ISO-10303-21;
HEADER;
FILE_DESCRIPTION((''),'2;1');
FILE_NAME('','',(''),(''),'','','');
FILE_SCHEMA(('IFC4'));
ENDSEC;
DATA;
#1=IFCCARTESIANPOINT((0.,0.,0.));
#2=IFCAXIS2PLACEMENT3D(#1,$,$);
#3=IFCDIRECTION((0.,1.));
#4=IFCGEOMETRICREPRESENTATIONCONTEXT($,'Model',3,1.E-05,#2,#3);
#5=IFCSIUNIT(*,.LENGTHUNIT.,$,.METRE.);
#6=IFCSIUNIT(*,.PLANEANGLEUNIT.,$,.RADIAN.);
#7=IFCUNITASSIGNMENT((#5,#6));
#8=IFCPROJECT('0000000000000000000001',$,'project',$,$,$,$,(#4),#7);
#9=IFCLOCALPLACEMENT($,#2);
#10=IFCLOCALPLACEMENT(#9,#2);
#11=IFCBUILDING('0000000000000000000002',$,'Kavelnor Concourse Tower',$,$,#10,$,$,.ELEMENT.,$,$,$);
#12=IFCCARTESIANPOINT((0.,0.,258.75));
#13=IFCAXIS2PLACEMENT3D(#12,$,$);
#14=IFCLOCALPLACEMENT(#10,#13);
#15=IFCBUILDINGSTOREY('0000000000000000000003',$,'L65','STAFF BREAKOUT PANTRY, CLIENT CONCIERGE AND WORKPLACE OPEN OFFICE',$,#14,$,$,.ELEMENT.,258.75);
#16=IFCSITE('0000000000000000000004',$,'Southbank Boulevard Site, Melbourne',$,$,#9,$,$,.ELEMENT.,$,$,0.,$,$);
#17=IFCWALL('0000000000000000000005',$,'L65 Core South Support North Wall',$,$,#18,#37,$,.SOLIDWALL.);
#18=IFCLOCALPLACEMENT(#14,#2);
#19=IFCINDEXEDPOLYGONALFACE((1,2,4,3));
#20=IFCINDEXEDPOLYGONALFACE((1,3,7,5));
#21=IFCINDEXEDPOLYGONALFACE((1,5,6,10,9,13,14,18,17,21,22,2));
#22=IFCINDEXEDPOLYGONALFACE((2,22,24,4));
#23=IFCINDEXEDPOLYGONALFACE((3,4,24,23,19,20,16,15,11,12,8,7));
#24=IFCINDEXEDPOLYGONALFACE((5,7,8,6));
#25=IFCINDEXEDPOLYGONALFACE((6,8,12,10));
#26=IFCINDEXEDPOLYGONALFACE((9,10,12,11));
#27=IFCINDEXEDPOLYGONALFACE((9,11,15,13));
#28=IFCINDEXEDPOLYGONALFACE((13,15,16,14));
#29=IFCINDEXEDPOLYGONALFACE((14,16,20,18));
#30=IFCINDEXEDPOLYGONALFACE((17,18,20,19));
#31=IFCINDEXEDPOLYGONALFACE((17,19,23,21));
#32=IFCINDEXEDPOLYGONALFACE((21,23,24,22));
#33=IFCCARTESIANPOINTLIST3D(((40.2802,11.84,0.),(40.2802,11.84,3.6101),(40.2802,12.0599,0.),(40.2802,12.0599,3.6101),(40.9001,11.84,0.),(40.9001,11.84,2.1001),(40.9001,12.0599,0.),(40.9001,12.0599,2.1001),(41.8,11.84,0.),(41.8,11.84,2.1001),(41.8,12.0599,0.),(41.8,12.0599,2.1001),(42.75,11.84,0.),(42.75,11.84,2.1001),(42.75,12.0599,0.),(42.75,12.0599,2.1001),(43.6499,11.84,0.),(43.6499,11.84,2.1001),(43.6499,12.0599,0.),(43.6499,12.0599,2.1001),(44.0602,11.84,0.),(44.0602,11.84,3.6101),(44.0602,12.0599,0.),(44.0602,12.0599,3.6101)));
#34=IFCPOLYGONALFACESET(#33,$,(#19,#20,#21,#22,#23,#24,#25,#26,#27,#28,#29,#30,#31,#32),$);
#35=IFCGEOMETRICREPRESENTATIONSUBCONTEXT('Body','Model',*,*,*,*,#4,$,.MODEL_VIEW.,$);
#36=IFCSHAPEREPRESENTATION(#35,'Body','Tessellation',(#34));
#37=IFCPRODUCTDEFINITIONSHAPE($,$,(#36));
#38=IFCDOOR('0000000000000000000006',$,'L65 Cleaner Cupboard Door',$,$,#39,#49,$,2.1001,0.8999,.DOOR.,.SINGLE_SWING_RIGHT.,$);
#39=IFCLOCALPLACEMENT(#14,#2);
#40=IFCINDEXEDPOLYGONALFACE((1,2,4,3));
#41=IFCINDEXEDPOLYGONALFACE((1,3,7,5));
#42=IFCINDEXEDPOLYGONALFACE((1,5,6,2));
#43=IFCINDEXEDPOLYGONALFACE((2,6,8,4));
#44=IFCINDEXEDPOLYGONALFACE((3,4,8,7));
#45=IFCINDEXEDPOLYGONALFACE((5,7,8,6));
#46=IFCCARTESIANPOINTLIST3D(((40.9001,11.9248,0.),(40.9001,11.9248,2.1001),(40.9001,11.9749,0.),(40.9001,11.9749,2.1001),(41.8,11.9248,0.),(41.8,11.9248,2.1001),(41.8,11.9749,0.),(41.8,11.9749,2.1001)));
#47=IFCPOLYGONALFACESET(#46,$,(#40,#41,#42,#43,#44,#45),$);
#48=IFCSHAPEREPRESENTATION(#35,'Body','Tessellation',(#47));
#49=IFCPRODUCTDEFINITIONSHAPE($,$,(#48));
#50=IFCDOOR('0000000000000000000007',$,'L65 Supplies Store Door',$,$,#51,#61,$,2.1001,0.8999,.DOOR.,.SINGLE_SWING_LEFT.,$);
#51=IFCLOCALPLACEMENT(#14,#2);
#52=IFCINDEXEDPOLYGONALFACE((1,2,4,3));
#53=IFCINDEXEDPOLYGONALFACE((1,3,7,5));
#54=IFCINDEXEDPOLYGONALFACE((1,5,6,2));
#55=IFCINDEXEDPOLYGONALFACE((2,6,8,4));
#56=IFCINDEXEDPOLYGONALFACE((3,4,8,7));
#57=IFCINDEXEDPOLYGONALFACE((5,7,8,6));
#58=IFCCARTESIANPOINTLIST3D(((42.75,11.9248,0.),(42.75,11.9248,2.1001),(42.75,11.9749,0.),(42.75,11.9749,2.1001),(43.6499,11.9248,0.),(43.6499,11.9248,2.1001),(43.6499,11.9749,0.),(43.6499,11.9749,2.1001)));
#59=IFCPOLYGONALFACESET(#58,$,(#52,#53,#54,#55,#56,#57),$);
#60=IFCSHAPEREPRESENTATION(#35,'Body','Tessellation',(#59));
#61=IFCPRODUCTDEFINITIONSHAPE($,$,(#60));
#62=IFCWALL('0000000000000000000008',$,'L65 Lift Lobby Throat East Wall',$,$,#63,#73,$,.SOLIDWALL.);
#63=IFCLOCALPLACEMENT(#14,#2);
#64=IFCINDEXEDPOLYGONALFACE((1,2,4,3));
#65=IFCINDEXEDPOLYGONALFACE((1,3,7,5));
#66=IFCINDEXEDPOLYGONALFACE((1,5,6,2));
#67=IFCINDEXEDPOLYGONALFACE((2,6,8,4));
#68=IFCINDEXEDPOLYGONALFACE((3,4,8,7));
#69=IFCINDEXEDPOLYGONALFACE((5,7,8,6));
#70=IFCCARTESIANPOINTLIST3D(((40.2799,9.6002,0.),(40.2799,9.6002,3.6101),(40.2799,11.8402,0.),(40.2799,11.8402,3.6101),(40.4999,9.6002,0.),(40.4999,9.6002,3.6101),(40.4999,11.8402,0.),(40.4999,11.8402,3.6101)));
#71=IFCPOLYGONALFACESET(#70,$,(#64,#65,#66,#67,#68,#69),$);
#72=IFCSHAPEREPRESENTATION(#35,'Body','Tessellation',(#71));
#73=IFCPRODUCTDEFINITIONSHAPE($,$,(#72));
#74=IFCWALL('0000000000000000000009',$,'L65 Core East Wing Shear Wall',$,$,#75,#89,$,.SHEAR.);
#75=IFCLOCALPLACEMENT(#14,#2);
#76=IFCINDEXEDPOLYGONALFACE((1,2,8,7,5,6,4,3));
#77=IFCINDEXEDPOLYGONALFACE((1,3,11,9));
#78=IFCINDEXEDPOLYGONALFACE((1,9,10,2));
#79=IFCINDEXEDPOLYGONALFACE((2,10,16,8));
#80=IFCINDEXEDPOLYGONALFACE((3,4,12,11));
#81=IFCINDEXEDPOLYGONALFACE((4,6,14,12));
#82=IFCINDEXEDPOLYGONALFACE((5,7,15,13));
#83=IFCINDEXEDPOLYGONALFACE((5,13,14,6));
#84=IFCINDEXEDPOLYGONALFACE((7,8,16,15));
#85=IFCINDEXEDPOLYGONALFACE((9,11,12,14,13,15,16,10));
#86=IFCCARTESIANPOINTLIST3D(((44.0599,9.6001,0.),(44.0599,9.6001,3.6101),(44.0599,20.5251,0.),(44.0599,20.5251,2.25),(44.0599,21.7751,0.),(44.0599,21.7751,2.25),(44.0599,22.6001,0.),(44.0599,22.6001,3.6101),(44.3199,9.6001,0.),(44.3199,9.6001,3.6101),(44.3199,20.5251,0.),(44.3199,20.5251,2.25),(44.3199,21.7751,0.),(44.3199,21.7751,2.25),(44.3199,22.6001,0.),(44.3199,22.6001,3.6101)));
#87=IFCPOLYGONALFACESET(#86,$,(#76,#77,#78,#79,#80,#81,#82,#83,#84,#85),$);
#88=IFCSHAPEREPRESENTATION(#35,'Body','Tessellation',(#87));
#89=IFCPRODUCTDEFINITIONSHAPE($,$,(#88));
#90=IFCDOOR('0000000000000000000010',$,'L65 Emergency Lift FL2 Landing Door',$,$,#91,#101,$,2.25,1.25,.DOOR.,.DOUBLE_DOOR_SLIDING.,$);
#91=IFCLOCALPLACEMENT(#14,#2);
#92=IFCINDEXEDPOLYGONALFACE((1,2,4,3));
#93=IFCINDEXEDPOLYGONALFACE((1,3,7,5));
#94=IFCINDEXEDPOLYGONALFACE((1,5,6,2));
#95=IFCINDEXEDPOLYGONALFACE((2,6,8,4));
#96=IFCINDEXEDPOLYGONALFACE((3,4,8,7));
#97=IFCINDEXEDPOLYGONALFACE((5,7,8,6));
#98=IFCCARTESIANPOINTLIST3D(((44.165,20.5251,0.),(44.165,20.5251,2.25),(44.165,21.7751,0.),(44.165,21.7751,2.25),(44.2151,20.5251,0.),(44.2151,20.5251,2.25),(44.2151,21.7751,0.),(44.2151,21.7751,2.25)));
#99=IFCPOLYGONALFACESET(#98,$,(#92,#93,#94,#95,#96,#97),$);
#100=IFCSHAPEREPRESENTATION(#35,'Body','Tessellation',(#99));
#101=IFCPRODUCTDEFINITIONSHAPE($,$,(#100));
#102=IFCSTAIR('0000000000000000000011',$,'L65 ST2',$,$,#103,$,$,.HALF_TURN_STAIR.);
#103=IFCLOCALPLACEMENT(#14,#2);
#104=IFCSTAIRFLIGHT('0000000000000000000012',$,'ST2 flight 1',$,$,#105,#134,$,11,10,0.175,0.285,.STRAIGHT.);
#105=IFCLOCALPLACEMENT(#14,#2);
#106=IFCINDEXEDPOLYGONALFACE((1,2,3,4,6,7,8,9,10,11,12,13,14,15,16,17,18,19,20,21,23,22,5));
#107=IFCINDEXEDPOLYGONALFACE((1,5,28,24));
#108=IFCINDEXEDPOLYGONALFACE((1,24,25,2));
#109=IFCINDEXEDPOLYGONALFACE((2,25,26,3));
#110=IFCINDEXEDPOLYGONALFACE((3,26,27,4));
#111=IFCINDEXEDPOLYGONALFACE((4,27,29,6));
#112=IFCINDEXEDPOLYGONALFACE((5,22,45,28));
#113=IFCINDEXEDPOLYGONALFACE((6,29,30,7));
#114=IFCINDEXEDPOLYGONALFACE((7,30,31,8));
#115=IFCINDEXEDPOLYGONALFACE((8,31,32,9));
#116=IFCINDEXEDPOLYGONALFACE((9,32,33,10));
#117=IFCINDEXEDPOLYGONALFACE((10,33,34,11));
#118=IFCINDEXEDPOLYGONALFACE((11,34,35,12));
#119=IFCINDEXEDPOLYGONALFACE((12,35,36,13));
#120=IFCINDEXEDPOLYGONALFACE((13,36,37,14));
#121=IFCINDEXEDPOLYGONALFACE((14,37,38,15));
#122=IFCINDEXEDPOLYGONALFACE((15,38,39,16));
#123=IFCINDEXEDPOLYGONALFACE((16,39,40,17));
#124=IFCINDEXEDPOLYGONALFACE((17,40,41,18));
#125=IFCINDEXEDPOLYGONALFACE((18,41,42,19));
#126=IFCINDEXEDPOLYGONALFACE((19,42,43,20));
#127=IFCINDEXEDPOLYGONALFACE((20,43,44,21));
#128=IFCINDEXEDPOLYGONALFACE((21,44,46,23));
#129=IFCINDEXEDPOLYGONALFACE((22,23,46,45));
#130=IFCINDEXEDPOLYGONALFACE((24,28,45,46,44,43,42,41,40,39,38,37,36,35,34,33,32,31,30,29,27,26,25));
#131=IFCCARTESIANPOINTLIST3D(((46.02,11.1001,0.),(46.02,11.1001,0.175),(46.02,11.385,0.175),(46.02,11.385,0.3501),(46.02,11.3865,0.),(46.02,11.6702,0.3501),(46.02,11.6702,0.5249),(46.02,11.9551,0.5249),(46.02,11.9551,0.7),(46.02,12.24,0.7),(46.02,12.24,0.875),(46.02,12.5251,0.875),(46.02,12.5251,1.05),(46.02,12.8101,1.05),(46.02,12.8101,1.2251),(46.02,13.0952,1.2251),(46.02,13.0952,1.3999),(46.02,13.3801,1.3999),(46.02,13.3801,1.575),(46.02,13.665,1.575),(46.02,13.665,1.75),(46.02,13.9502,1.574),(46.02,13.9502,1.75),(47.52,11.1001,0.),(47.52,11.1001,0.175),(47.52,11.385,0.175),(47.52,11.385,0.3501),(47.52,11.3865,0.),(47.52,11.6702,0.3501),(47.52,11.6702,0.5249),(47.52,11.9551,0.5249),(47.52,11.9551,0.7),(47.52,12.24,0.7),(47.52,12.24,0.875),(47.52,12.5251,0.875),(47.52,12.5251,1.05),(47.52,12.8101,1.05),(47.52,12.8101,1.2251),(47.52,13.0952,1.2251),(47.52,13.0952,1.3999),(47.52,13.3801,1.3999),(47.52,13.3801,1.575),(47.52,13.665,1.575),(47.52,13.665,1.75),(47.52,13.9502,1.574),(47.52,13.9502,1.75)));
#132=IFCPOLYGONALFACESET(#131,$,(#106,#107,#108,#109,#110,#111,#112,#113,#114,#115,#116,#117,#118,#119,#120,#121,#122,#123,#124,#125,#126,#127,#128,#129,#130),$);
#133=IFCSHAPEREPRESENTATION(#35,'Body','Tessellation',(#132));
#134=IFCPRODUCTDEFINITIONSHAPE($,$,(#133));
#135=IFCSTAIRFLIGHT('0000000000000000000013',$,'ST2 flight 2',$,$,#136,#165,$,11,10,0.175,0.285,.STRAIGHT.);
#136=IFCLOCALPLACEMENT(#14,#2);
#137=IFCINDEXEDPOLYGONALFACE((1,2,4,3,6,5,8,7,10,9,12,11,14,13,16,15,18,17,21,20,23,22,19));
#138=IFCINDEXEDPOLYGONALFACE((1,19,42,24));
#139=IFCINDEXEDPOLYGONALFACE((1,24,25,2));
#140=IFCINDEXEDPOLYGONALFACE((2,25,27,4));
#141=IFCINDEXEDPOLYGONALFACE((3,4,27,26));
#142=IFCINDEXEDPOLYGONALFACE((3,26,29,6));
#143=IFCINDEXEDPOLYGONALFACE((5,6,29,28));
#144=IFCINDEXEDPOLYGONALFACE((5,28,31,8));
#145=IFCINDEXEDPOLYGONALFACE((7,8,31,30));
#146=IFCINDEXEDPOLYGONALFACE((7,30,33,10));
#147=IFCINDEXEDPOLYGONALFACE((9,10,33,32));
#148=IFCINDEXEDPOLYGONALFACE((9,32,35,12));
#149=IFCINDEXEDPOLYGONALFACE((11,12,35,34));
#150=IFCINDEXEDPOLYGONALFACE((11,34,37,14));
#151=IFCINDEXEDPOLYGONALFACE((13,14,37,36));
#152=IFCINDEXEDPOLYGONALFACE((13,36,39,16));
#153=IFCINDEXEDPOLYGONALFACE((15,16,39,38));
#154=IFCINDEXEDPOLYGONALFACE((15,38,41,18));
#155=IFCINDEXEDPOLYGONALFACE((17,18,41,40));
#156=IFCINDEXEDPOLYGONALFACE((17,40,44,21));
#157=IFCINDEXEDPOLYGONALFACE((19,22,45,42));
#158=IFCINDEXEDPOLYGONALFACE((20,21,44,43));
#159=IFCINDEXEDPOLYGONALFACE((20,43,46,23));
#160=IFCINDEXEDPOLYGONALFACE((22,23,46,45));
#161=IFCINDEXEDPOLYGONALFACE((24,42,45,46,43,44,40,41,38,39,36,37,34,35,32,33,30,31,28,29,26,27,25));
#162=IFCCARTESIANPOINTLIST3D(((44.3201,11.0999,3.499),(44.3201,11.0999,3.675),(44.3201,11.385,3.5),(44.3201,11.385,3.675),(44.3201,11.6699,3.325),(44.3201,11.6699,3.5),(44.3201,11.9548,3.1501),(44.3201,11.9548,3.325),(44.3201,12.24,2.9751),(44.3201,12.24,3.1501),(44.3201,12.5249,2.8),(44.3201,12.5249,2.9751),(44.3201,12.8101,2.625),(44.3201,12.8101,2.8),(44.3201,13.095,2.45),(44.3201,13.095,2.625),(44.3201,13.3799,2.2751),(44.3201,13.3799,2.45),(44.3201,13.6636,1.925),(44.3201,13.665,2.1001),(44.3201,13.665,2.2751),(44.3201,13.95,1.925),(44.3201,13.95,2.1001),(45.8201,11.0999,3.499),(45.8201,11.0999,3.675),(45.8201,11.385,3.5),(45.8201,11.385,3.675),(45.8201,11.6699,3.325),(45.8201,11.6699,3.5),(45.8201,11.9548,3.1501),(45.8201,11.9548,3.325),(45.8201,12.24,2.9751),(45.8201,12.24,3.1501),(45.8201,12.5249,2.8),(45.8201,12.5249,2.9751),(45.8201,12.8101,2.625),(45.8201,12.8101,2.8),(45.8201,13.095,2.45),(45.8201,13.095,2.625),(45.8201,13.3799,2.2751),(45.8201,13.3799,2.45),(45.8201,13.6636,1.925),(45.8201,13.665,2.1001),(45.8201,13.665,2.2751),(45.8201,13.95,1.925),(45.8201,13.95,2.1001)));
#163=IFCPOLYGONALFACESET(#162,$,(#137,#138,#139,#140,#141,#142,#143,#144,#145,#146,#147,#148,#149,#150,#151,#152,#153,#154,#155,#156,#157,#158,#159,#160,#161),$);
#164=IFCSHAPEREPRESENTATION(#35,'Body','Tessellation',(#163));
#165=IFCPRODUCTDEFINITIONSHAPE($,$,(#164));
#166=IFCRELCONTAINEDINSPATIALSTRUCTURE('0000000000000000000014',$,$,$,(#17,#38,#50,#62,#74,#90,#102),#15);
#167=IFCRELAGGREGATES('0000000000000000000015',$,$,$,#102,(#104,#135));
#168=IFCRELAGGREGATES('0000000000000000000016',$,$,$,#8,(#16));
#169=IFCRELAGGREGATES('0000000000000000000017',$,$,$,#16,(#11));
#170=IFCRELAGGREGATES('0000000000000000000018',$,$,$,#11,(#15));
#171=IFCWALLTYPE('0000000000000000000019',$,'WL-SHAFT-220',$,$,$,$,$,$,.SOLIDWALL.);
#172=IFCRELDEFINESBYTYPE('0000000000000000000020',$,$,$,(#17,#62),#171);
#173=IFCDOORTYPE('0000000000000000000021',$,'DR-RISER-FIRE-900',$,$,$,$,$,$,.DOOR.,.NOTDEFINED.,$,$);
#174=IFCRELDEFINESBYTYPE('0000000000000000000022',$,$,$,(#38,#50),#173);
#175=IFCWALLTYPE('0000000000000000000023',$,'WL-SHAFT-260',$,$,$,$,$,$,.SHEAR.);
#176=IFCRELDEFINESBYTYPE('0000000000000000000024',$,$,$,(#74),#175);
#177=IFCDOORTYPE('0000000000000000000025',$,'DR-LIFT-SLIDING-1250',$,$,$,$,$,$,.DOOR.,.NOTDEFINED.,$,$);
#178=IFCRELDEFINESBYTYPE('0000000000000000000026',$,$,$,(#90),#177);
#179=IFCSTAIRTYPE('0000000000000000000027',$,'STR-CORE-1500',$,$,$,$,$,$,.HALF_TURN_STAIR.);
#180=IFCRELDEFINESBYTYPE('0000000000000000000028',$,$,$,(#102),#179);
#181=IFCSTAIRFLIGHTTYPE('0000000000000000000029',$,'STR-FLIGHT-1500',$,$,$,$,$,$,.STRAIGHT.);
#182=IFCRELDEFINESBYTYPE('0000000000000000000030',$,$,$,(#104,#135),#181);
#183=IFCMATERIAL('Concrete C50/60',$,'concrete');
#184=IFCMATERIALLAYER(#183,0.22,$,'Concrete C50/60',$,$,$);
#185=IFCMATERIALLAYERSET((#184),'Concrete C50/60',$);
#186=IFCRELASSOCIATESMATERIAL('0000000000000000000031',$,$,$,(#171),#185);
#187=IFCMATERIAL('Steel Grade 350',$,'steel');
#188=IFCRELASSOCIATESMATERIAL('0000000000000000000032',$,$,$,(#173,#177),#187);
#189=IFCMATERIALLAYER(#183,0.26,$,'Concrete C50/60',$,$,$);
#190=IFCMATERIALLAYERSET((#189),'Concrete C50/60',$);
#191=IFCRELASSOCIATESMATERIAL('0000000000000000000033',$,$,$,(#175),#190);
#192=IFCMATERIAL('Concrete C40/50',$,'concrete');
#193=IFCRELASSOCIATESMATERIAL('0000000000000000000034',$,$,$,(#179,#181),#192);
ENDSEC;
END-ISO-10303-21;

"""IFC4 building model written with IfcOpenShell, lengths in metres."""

from ifc_helpers import new_model, si_unit, direction, frame, frame_2d, origin, place, context, subcontext, project, spatial, polyline, rectangle, outline, extrude, material, layer, layer_set, type_object, element, fill, aggregate, save


model = new_model("IFC4")

# Units and contexts
model_context = context("Model", 3, precision=1e-05, world=origin(), true_north=direction((0.0, 1.0)))
body_context = subcontext(model_context, "Body", "Model", "MODEL_VIEW")
ifc_project = project(units=[si_unit("LENGTHUNIT", "METRE"), si_unit("PLANEANGLEUNIT", "RADIAN")], contexts=[model_context])

# Site, building, storey
site_placement = place(None, origin())
site = spatial("IfcSite", under=ifc_project, at=site_placement, Name="Southbank Boulevard Site, Melbourne", CompositionType="ELEMENT", RefElevation=0.0)
building_placement = place(site_placement, origin())
building = spatial("IfcBuilding", under=site, at=building_placement, Name="Kavelnor Concourse Tower", CompositionType="ELEMENT")
storey_placement = place(building_placement, frame((0.0, 0.0, 258.75)))
storey = spatial("IfcBuildingStorey", under=building, at=storey_placement, Name="L65", Description="STAFF BREAKOUT PANTRY, CLIENT CONCIERGE AND WORKPLACE OPEN OFFICE", CompositionType="ELEMENT", Elevation=258.75)

# Shared definitions
ifc_material_1 = material(Name="Steel Grade 350", Category="steel")

# Wall, openings, doors
ifc_material_2 = material(Name="Concrete C50/60", Category="concrete")
ifc_layer_1 = layer(ifc_material_2, 0.22, Name="Concrete C50/60")
ifc_layer_set_1 = layer_set([ifc_layer_1], Name="Concrete C50/60")
wall_type_1 = type_object("IfcWallType", Name="WL-SHAFT-220", PredefinedType="SOLIDWALL", material=ifc_layer_set_1)
wall_1_placement = place(storey_placement, frame((40.28, 11.95, 0.0), z_axis=(0.0, 0.0, 1.0), x_axis=(1.0, 0.0, 0.0)))
wall_1 = element("IfcWall", 1, at=wall_1_placement, inside=storey, type_object=wall_type_1, Name="L65 Core South Support North Wall", PredefinedType="SOLIDWALL", context=body_context, shape_type="SweptSolid", body=[
    extrude(rectangle(XDim=3.78, YDim=0.22, at=frame_2d((1.8901, 0.0))), origin(), (0.0, 0.0, 1.0), 3.6101),
])
opening_1_placement = place(wall_1_placement, frame((0.6201, 0.0, 0.0)))
opening_1 = element("IfcOpeningElement", 2, at=opening_1_placement, cuts=wall_1, PredefinedType="OPENING", context=body_context, shape_type="SweptSolid", body=[
    extrude(rectangle(XDim=0.8999, YDim=2.1001, at=frame_2d((0.45, 1.05))), frame((0.0, 0.1201, 0.0), z_axis=(0.0, -1.0, 0.0), x_axis=(1.0, 0.0, 0.0)), (0.0, 0.0, 1.0), 0.24),
])
opening_2_placement = place(wall_1_placement, frame((2.47, 0.0, 0.0)))
opening_2 = element("IfcOpeningElement", 3, at=opening_2_placement, cuts=wall_1, PredefinedType="OPENING", context=body_context, shape_type="SweptSolid", body=[
    extrude(rectangle(XDim=0.8999, YDim=2.1001, at=frame_2d((0.45, 1.05))), frame((0.0, 0.1201, 0.0), z_axis=(0.0, -1.0, 0.0), x_axis=(1.0, 0.0, 0.0)), (0.0, 0.0, 1.0), 0.24),
])
door_type_1 = type_object("IfcDoorType", Name="DR-RISER-FIRE-900", OperationType="NOTDEFINED", PredefinedType="DOOR", material=ifc_material_1)
door_1_placement = place(opening_1_placement, origin())
door_1 = element("IfcDoor", 4, at=door_1_placement, inside=storey, type_object=door_type_1, Name="L65 Cleaner Cupboard Door", OperationType="SINGLE_SWING_RIGHT", OverallHeight=2.1001, OverallWidth=0.8999, PredefinedType="DOOR", context=body_context, shape_type="SweptSolid", body=[
    extrude(rectangle(XDim=0.8999, YDim=2.1001, at=frame_2d((0.45, 1.05))), frame((0.0, 0.0249, 0.0), z_axis=(0.0, -1.0, 0.0), x_axis=(1.0, 0.0, 0.0)), (0.0, 0.0, 1.0), 0.05),
])
fill(opening_1, door_1)
door_2_placement = place(opening_2_placement, origin())
door_2 = element("IfcDoor", 5, at=door_2_placement, inside=storey, type_object=door_type_1, Name="L65 Supplies Store Door", OperationType="SINGLE_SWING_LEFT", OverallHeight=2.1001, OverallWidth=0.8999, PredefinedType="DOOR", context=body_context, shape_type="SweptSolid", body=[
    extrude(rectangle(XDim=0.8999, YDim=2.1001, at=frame_2d((0.45, 1.05))), frame((0.0, 0.0249, 0.0), z_axis=(0.0, -1.0, 0.0), x_axis=(1.0, 0.0, 0.0)), (0.0, 0.0, 1.0), 0.05),
])
fill(opening_2, door_2)

# Wall
wall_2_placement = place(storey_placement, frame((40.3899, 9.6001, 0.0), z_axis=(0.0, 0.0, 1.0), x_axis=(0.0, 1.0, 0.0)))
element("IfcWall", 6, at=wall_2_placement, inside=storey, type_object=wall_type_1, Name="L65 Lift Lobby Throat East Wall", PredefinedType="SOLIDWALL", context=body_context, shape_type="SweptSolid", body=[
    extrude(rectangle(XDim=2.24, YDim=0.22, at=frame_2d((1.1201, 0.0))), origin(), (0.0, 0.0, 1.0), 3.6101),
])

# Wall, opening, door
ifc_layer_2 = layer(ifc_material_2, 0.26, Name="Concrete C50/60")
ifc_layer_set_2 = layer_set([ifc_layer_2], Name="Concrete C50/60")
wall_type_2 = type_object("IfcWallType", Name="WL-SHAFT-260", PredefinedType="SHEAR", material=ifc_layer_set_2)
wall_3_placement = place(storey_placement, frame((44.1899, 9.6001, 0.0), z_axis=(0.0, 0.0, 1.0), x_axis=(0.0, 1.0, 0.0)))
wall_3 = element("IfcWall", 7, at=wall_3_placement, inside=storey, type_object=wall_type_2, Name="L65 Core East Wing Shear Wall", PredefinedType="SHEAR", context=body_context, shape_type="SweptSolid", body=[
    extrude(rectangle(XDim=13.0, YDim=0.26, at=frame_2d((6.5, 0.0))), origin(), (0.0, 0.0, 1.0), 3.6101),
])
opening_3_placement = place(wall_3_placement, frame((10.925, 0.0, 0.0)))
opening_3 = element("IfcOpeningElement", 8, at=opening_3_placement, cuts=wall_3, PredefinedType="OPENING", context=body_context, shape_type="SweptSolid", body=[
    extrude(rectangle(XDim=1.25, YDim=2.25, at=frame_2d((0.625, 1.125))), frame((0.0, 0.1401, 0.0), z_axis=(0.0, -1.0, 0.0), x_axis=(1.0, 0.0, 0.0)), (0.0, 0.0, 1.0), 0.28),
])
door_type_2 = type_object("IfcDoorType", Name="DR-LIFT-SLIDING-1250", OperationType="NOTDEFINED", PredefinedType="DOOR", material=ifc_material_1)
door_3_placement = place(opening_3_placement, origin())
door_3 = element("IfcDoor", 9, at=door_3_placement, inside=storey, type_object=door_type_2, Name="L65 Emergency Lift FL2 Landing Door", OperationType="DOUBLE_DOOR_SLIDING", OverallHeight=2.25, OverallWidth=1.25, PredefinedType="DOOR", context=body_context, shape_type="SweptSolid", body=[
    extrude(rectangle(XDim=1.25, YDim=2.25, at=frame_2d((0.625, 1.125))), frame((0.0, 0.0249, 0.0), z_axis=(0.0, -1.0, 0.0), x_axis=(1.0, 0.0, 0.0)), (0.0, 0.0, 1.0), 0.05),
])
fill(opening_3, door_3)

# Stair, stair flights
ifc_material_3 = material(Name="Concrete C40/50", Category="concrete")
stair_type = type_object("IfcStairType", Name="STR-CORE-1500", PredefinedType="HALF_TURN_STAIR", material=ifc_material_3)
stair_placement = place(storey_placement, origin())
stair = element("IfcStair", 10, at=stair_placement, inside=storey, type_object=stair_type, Name="L65 ST2", PredefinedType="HALF_TURN_STAIR")
stair_flight_type = type_object("IfcStairFlightType", Name="STR-FLIGHT-1500", PredefinedType="STRAIGHT", material=ifc_material_3)
stair_flight_1_placement = place(storey_placement, frame((46.77, 11.1001, 0.0), z_axis=(0.0, 0.0, 1.0), x_axis=(0.0, 1.0, 0.0)))
stair_flight_1 = element("IfcStairFlight", 11, at=stair_flight_1_placement, type_object=stair_flight_type, Name="ST2 flight 1", NumberOfRisers=11, NumberOfTreads=10, PredefinedType="STRAIGHT", RiserHeight=0.175, TreadLength=0.285, context=body_context, shape_type="SweptSolid", body=[
    extrude(outline(polyline([(0.0, 0.0), (0.0, 0.175), (0.2849, 0.175), (0.2849, 0.3501), (0.5701, 0.3501), (0.5701, 0.5249), (0.855, 0.5249), (0.855, 0.7), (1.1399, 0.7), (1.1399, 0.875), (1.425, 0.875), (1.425, 1.05), (1.71, 1.05), (1.71, 1.2251), (1.9951, 1.2251), (1.9951, 1.3999), (2.28, 1.3999), (2.28, 1.575), (2.5649, 1.575), (2.5649, 1.75), (2.8501, 1.75), (2.8501, 1.925), (2.8501, 1.574), (0.2864, 0.0), (0.0, 0.0)])), frame((0.0, 0.75, 0.0), z_axis=(0.0, -1.0, 0.0), x_axis=(1.0, 0.0, 0.0)), (0.0, 0.0, 1.0), 1.5),
])
stair_flight_2_placement = place(storey_placement, frame((45.0701, 13.95, 1.925), z_axis=(0.0, 0.0, 1.0), x_axis=(0.0, -1.0, 0.0)))
stair_flight_2 = element("IfcStairFlight", 12, at=stair_flight_2_placement, type_object=stair_flight_type, Name="ST2 flight 2", NumberOfRisers=11, NumberOfTreads=10, PredefinedType="STRAIGHT", RiserHeight=0.175, TreadLength=0.285, context=body_context, shape_type="SweptSolid", body=[
    extrude(outline(polyline([(0.0, 0.0), (0.0, 0.175), (0.2849, 0.175), (0.2849, 0.3501), (0.5701, 0.3501), (0.5701, 0.5249), (0.855, 0.5249), (0.855, 0.7), (1.1399, 0.7), (1.1399, 0.875), (1.425, 0.875), (1.425, 1.05), (1.71, 1.05), (1.71, 1.2251), (1.9951, 1.2251), (1.9951, 1.3999), (2.28, 1.3999), (2.28, 1.575), (2.5649, 1.575), (2.5649, 1.75), (2.8501, 1.75), (2.8501, 1.925), (2.8501, 1.574), (0.2864, 0.0), (0.0, 0.0)])), frame((0.0, 0.75, 0.0), z_axis=(0.0, -1.0, 0.0), x_axis=(1.0, 0.0, 0.0)), (0.0, 0.0, 1.0), 1.5),
])
aggregate(stair, [stair_flight_1, stair_flight_2])

save(model, "model.ifc")
